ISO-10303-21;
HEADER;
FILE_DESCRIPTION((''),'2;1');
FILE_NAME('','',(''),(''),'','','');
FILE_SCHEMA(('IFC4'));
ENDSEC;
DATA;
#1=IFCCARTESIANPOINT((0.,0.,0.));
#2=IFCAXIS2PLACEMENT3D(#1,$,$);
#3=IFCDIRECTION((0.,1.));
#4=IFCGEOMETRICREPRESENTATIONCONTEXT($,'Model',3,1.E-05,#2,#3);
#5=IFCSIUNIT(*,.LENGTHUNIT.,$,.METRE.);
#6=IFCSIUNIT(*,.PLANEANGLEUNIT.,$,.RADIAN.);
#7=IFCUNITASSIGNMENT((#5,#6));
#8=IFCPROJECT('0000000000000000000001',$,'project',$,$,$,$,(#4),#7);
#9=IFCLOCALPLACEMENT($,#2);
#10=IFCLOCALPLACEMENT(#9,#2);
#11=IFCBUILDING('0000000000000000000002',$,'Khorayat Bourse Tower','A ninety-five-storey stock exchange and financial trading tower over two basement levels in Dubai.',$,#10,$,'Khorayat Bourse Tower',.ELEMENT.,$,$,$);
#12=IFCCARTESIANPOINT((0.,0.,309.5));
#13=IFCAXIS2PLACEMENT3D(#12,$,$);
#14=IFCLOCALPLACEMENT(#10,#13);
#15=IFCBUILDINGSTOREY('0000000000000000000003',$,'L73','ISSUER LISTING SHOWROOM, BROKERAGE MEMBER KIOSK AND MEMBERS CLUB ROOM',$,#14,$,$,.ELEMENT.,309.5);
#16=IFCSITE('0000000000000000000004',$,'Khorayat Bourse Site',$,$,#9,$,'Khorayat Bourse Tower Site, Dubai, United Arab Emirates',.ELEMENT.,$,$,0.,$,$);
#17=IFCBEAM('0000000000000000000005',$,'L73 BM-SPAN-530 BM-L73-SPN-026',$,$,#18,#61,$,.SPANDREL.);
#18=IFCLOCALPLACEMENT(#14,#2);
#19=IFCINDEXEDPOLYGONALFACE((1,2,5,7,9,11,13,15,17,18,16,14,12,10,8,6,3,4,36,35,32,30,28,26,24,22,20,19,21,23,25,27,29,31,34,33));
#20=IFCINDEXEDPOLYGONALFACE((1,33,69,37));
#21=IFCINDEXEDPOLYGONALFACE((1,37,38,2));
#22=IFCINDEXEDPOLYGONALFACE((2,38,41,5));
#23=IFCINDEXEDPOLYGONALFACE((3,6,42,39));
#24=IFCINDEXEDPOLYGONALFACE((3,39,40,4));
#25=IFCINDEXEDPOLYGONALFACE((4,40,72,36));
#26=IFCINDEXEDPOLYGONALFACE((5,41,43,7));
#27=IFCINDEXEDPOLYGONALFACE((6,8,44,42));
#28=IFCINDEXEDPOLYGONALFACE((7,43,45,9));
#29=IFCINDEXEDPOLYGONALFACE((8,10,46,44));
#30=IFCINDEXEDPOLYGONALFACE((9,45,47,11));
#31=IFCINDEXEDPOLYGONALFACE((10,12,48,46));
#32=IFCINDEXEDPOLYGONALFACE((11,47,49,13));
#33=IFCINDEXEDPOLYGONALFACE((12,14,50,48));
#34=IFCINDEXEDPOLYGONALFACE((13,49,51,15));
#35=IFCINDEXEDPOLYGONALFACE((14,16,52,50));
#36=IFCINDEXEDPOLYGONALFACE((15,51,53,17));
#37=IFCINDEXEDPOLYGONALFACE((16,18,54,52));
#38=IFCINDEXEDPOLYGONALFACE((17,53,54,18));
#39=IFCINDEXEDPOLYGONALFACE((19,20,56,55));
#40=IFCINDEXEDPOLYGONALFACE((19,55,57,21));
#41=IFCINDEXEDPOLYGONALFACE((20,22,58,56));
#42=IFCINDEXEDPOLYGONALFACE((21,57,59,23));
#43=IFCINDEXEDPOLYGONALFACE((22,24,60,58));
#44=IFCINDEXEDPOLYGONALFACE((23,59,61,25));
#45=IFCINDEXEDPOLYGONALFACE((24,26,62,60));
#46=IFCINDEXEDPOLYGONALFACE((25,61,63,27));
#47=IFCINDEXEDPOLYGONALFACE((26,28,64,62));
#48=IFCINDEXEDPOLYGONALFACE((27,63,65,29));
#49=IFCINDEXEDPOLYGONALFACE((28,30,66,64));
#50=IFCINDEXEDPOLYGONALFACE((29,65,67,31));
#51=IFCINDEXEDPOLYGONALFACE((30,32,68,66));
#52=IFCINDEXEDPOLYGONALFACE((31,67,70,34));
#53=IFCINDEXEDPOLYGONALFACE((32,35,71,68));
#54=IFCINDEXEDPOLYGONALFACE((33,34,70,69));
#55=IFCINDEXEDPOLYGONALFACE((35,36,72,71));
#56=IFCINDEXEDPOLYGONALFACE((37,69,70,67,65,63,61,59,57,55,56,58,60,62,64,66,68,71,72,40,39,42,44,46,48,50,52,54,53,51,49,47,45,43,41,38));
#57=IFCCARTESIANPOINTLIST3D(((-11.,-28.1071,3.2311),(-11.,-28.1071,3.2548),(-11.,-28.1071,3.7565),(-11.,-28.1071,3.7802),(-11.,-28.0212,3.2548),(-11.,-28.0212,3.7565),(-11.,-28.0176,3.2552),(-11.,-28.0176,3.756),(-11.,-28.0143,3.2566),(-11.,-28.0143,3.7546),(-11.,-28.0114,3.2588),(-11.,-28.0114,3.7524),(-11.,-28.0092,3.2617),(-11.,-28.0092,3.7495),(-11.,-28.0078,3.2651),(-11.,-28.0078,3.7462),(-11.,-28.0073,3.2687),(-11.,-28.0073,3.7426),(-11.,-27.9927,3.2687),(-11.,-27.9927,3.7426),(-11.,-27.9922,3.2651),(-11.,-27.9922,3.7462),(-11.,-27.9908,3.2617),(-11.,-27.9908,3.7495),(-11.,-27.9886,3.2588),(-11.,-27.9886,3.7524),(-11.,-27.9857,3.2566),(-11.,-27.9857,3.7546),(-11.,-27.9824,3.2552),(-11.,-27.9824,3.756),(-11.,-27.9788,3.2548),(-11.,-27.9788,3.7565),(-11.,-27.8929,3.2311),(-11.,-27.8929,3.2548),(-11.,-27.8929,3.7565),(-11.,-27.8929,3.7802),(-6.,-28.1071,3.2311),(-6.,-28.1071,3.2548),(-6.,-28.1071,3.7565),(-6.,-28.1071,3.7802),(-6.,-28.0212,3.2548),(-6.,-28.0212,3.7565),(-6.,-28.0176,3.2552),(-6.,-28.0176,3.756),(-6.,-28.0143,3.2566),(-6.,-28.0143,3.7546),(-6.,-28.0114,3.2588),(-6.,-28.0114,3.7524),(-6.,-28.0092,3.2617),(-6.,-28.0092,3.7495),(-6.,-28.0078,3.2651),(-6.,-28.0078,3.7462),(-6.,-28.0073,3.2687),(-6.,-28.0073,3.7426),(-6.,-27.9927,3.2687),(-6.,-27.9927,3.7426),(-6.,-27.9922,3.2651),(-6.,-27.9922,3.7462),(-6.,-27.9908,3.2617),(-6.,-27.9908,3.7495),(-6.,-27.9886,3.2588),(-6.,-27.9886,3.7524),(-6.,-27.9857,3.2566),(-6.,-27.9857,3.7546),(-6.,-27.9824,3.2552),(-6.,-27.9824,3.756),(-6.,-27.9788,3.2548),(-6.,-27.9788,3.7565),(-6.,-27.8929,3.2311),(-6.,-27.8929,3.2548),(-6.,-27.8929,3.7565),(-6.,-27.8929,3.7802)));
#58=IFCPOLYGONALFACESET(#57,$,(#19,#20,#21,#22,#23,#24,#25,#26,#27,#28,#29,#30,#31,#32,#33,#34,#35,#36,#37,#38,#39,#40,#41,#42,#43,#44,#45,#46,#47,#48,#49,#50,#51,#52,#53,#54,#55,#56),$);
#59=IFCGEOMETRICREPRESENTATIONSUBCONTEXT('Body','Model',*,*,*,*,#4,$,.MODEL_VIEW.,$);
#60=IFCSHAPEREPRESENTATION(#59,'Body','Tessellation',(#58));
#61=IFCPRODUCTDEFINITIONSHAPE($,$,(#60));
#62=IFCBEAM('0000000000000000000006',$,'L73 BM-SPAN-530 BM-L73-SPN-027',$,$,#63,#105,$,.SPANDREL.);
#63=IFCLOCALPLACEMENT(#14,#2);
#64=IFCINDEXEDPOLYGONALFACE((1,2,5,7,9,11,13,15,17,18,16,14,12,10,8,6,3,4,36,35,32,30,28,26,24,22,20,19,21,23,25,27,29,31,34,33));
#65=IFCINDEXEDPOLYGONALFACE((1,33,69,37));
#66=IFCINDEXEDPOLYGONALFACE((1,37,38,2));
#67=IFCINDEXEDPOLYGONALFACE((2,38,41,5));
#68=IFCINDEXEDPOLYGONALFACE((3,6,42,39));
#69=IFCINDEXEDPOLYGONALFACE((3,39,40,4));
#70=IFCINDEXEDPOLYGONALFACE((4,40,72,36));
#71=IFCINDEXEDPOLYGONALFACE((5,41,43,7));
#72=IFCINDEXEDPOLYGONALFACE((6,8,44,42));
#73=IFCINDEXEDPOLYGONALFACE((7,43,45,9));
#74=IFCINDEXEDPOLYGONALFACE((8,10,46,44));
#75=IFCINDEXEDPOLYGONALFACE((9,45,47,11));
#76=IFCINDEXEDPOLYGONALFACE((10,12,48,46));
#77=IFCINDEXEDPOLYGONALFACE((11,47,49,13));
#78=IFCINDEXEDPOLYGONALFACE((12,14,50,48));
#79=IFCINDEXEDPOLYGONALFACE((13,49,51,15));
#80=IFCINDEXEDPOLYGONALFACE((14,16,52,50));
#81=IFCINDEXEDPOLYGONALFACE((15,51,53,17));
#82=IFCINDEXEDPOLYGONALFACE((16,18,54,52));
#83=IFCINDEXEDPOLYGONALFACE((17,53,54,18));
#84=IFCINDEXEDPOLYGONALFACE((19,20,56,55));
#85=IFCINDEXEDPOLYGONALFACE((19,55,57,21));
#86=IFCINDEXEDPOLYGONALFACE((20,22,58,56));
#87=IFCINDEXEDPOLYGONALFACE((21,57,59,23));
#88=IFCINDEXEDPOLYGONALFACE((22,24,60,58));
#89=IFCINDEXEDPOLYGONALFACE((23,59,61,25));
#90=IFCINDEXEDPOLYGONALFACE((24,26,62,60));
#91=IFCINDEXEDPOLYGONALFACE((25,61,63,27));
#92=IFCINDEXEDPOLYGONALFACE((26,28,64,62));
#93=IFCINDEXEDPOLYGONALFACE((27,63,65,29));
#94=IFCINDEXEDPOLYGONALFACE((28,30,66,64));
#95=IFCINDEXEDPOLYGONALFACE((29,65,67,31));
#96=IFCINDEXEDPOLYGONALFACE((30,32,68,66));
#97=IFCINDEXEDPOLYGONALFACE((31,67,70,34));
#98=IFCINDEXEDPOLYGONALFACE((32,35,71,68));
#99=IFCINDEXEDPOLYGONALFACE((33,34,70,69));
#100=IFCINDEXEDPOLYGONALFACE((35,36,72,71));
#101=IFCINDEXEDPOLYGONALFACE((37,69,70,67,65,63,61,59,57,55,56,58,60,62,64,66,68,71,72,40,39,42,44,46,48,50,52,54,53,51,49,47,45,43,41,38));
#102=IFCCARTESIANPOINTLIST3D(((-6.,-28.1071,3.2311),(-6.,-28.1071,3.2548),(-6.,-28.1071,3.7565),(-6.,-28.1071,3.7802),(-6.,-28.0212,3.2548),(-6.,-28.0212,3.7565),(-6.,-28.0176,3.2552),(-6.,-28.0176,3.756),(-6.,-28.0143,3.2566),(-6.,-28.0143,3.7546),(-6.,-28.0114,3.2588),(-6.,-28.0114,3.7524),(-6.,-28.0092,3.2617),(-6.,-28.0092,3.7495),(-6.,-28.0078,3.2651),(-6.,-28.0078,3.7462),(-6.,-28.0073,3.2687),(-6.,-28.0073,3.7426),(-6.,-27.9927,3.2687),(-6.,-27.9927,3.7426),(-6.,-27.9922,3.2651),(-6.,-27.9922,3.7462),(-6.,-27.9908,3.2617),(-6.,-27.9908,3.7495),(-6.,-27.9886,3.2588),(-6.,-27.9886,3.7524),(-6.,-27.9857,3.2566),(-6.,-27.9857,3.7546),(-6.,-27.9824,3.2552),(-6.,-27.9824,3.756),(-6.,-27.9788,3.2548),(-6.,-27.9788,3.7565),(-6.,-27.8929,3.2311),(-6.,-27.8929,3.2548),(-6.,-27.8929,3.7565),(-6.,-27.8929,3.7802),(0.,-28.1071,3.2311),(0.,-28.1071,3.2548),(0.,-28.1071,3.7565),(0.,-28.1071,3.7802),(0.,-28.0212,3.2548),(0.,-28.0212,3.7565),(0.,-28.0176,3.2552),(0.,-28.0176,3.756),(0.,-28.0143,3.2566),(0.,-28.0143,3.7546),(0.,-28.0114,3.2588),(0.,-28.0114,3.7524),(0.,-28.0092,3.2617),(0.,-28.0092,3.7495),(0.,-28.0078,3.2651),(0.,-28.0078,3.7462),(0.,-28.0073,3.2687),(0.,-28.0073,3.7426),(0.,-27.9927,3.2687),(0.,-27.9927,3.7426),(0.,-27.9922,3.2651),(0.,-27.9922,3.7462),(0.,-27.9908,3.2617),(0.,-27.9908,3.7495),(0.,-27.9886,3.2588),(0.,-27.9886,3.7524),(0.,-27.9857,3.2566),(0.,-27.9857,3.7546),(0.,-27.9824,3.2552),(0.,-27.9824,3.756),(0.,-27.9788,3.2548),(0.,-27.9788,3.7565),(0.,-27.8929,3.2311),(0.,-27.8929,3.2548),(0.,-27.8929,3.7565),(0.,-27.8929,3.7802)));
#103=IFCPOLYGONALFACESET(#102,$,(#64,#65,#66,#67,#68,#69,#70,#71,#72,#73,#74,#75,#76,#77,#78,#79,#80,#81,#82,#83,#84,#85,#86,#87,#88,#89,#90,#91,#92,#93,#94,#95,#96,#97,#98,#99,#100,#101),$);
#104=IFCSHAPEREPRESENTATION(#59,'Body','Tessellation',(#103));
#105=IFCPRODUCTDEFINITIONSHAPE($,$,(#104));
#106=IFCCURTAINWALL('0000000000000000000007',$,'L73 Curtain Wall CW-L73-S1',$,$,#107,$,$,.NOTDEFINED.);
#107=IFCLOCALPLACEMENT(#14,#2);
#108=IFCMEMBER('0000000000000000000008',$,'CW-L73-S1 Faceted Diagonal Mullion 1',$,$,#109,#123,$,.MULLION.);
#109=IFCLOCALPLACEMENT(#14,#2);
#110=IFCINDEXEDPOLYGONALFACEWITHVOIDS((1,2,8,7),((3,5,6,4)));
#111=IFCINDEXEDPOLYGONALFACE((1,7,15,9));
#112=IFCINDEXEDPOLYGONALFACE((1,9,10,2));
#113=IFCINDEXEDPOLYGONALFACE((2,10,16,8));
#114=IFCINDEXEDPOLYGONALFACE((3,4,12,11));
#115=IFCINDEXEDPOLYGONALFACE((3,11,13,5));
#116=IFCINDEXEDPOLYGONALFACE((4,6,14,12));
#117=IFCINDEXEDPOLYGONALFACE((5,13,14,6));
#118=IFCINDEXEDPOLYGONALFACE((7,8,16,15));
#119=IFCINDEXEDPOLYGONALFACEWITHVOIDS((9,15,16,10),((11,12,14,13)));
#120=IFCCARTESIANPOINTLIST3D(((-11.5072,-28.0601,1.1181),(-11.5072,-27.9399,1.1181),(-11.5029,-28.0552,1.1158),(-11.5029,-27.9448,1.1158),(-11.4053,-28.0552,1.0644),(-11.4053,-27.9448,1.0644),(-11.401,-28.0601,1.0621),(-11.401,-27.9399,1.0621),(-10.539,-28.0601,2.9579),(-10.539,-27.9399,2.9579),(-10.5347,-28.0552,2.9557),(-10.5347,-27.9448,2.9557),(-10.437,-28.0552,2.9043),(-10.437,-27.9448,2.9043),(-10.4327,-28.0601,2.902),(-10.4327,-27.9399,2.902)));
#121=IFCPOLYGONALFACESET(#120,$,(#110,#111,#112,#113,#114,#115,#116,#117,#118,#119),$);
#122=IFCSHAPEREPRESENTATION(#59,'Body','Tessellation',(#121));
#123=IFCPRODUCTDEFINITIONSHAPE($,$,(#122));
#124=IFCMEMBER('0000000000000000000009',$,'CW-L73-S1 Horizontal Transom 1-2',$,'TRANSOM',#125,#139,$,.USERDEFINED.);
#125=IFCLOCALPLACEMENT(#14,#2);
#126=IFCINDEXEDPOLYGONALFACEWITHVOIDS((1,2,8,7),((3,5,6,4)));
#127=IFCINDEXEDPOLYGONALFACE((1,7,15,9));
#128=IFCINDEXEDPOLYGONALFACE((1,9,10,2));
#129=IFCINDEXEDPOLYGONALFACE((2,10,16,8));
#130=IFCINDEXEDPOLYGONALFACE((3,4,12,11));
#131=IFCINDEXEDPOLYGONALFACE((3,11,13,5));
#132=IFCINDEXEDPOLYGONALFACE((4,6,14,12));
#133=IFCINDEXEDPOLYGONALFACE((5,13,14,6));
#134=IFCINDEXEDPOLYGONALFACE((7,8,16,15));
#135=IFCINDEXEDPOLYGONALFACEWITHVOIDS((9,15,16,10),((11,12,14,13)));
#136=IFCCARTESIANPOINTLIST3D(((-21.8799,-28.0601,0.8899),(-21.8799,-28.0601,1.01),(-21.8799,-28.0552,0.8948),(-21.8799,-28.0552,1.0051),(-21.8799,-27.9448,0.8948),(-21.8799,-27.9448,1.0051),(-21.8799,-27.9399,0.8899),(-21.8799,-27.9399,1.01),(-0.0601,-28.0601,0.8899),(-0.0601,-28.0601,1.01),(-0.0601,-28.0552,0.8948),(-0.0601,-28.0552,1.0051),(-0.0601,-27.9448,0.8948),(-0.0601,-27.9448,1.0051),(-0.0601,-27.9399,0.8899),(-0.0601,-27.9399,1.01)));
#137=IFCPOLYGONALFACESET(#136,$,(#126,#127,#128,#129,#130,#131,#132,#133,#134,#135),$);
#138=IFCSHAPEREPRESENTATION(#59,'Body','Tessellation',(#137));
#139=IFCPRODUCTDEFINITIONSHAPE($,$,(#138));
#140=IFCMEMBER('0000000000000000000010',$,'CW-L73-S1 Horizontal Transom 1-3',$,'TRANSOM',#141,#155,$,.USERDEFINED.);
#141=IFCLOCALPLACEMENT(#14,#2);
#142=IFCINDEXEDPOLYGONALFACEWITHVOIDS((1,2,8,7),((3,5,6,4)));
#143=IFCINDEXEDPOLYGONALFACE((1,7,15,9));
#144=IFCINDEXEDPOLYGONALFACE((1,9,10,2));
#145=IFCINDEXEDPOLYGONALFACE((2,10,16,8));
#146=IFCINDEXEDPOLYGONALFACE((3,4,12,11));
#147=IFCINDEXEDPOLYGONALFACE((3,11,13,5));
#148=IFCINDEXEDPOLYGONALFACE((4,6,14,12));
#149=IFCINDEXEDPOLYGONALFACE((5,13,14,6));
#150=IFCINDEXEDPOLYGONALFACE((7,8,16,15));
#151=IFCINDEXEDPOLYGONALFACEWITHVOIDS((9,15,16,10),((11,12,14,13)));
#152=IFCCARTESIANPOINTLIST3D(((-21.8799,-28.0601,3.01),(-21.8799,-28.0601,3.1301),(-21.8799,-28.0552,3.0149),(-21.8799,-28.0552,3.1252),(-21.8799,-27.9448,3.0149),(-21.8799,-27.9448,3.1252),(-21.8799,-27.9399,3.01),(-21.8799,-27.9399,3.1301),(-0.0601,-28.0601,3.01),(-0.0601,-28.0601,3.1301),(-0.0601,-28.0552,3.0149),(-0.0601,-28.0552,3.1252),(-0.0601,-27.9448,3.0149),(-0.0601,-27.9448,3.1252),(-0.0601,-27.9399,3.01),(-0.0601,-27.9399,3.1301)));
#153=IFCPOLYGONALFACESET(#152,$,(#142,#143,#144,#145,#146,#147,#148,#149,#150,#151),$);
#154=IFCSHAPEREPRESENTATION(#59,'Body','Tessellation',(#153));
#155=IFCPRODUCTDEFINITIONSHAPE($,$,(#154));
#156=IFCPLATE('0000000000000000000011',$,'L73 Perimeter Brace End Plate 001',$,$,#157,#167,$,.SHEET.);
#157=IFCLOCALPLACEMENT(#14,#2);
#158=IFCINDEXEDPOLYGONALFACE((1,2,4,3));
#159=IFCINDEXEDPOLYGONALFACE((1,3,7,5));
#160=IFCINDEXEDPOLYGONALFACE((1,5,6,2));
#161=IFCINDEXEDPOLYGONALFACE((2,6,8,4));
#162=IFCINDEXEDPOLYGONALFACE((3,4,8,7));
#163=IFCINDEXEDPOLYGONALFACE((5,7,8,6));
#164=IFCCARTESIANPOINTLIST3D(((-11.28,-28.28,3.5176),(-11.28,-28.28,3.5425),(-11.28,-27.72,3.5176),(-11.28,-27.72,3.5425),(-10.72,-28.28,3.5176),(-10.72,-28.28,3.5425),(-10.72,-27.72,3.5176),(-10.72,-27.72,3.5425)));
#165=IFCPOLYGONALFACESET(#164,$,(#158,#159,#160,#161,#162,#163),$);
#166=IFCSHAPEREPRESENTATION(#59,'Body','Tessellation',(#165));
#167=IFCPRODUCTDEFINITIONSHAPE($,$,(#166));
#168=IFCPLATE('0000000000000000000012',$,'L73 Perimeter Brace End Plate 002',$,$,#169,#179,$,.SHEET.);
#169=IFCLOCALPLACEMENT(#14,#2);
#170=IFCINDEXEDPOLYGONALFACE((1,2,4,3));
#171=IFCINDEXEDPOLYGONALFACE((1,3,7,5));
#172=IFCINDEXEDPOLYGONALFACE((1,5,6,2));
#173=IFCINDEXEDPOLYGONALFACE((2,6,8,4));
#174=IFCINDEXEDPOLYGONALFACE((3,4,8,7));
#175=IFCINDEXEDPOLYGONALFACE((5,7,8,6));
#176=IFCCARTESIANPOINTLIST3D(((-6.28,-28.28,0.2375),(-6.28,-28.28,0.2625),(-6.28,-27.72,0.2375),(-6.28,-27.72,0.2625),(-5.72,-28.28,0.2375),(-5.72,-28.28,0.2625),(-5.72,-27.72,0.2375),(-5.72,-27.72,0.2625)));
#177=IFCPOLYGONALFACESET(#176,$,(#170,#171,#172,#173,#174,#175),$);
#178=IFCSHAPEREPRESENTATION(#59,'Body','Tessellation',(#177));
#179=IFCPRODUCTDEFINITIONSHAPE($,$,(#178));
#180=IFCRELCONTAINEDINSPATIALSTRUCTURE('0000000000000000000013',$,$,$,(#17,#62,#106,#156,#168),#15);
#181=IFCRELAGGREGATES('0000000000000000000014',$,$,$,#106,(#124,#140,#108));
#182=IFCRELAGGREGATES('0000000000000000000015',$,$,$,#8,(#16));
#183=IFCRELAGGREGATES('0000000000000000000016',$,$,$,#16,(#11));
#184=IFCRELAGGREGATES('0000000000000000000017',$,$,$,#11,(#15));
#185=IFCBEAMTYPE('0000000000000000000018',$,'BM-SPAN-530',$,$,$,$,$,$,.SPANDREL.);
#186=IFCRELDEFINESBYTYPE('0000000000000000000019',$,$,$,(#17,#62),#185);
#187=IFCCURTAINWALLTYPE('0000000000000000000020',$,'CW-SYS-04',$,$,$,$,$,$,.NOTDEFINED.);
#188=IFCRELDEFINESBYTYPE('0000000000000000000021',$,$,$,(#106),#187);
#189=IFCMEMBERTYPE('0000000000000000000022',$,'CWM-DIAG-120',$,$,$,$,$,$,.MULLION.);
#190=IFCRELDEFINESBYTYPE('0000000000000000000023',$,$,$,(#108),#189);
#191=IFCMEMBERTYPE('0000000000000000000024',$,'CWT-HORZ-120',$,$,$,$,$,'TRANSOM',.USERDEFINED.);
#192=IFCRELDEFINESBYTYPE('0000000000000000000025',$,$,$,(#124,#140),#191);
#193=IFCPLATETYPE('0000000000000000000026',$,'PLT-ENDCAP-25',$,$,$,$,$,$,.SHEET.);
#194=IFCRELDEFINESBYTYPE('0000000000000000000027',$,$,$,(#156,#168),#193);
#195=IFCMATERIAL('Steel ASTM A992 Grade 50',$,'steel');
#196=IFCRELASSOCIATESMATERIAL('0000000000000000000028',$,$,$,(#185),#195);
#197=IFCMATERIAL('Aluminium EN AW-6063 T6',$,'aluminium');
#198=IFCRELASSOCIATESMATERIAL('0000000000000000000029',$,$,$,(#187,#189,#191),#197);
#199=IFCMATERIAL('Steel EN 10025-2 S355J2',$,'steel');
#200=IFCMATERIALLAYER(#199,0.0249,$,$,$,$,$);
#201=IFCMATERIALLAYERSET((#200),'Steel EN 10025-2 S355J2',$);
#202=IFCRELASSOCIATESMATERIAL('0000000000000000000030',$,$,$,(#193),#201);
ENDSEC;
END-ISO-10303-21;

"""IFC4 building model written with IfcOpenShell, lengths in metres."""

from ifc_helpers import new_model, si_unit, direction, frame, origin, origin_2d, place, context, subcontext, project, spatial, rectangle, hollow_rectangle, i_section, extrude, source, transform, mapped, material, layer, layer_set, material_profile, profile_set, type_object, element, aggregate, save


model = new_model("IFC4")

# Units and contexts
model_context = context("Model", 3, precision=1e-05, world=origin(), true_north=direction((0.0, 1.0)))
body_context = subcontext(model_context, "Body", "Model", "MODEL_VIEW")
ifc_project = project(units=[si_unit("LENGTHUNIT", "METRE"), si_unit("PLANEANGLEUNIT", "RADIAN")], contexts=[model_context])

# Site, building, storey
site_placement = place(None, origin())
site = spatial("IfcSite", under=ifc_project, at=site_placement, Name="Khorayat Bourse Site", LongName="Khorayat Bourse Tower Site, Dubai, United Arab Emirates", CompositionType="ELEMENT", RefElevation=0.0)
building_placement = place(site_placement, origin())
building = spatial("IfcBuilding", under=site, at=building_placement, Name="Khorayat Bourse Tower", Description="A ninety-five-storey stock exchange and financial trading tower over two basement levels in Dubai.", LongName="Khorayat Bourse Tower", CompositionType="ELEMENT")
storey_placement = place(building_placement, frame((0.0, 0.0, 309.5)))
storey = spatial("IfcBuildingStorey", under=building, at=storey_placement, Name="L73", Description="ISSUER LISTING SHOWROOM, BROKERAGE MEMBER KIOSK AND MEMBERS CLUB ROOM", CompositionType="ELEMENT", Elevation=309.5)

# Shared definitions
ifc_material_1 = material(Name="Steel ASTM A992 Grade 50", Category="steel")

# Beams
ifc_material_profile_1 = material_profile(ifc_material_1, i_section(OverallWidth=0.2141, OverallDepth=0.5491, WebThickness=0.0146, FlangeThickness=0.0237, FilletRadius=0.0139, at=origin_2d()), Name="W530X138")
ifc_profile_set_1 = profile_set([ifc_material_profile_1], Name="Steel ASTM A992 Grade 50")
beam_type_1 = type_object("IfcBeamType", Name="BM-SPAN-530", PredefinedType="SPANDREL", material=ifc_profile_set_1)
shared_shape_1 = source(origin(), body_context, "Body", "SweptSolid", [
    extrude(i_section(OverallWidth=0.2141, OverallDepth=0.5491, WebThickness=0.0146, FlangeThickness=0.0237, FilletRadius=0.0139, at=origin_2d()), origin(), (0.0, 0.0, 1.0), 5.0),
])
beam_1_placement = place(storey_placement, frame((-11.0, -28.0, 3.5056), z_axis=(1.0, 0.0, 0.0), x_axis=(0.0, 1.0, 0.0)))
element("IfcBeam", 1, at=beam_1_placement, inside=storey, type_object=beam_type_1, Name="L73 BM-SPAN-530 BM-L73-SPN-026", PredefinedType="SPANDREL", context=body_context, shape_type="MappedRepresentation", body=[
    mapped(shared_shape_1, transform((0.0, 0.0, 0.0), scale=1.0)),
])
shared_shape_2 = source(origin(), body_context, "Body", "SweptSolid", [
    extrude(i_section(OverallWidth=0.2141, OverallDepth=0.5491, WebThickness=0.0146, FlangeThickness=0.0237, FilletRadius=0.0139, at=origin_2d()), origin(), (0.0, 0.0, 1.0), 6.0),
])
beam_2_placement = place(storey_placement, frame((-6.0, -28.0, 3.5056), z_axis=(1.0, 0.0, 0.0), x_axis=(0.0, 1.0, 0.0)))
element("IfcBeam", 2, at=beam_2_placement, inside=storey, type_object=beam_type_1, Name="L73 BM-SPAN-530 BM-L73-SPN-027", PredefinedType="SPANDREL", context=body_context, shape_type="MappedRepresentation", body=[
    mapped(shared_shape_2, transform((0.0, 0.0, 0.0), scale=1.0)),
])

# Curtain wall, members
ifc_material_2 = material(Name="Aluminium EN AW-6063 T6", Category="aluminium")
curtain_wall_type = type_object("IfcCurtainWallType", Name="CW-SYS-04", PredefinedType="NOTDEFINED", material=ifc_material_2)
curtain_wall_placement = place(storey_placement, origin())
curtain_wall = element("IfcCurtainWall", 3, at=curtain_wall_placement, inside=storey, type_object=curtain_wall_type, Name="L73 Curtain Wall CW-L73-S1", PredefinedType="NOTDEFINED")
ifc_material_profile_2 = material_profile(ifc_material_2, hollow_rectangle(XDim=0.1201, YDim=0.1201, WallThickness=0.0049, at=origin_2d()), Name="ALU 120x120x5")
ifc_profile_set_2 = profile_set([ifc_material_profile_2], Name="Aluminium EN AW-6063 T6")
member_type_1 = type_object("IfcMemberType", Name="CWM-DIAG-120", PredefinedType="MULLION", material=ifc_profile_set_2)
shared_shape_3 = source(origin(), body_context, "Body", "SweptSolid", [
    extrude(hollow_rectangle(XDim=0.1201, YDim=0.1201, WallThickness=0.0049, at=origin_2d()), origin(), (0.0, 0.0, 1.0), 2.0791),
])
member_1_placement = place(storey_placement, frame((-11.4541, -28.0, 1.0901), z_axis=(0.465717, 0.0, 0.884934), x_axis=(0.0, 1.0, 0.0)))
member_1 = element("IfcMember", 4, at=member_1_placement, type_object=member_type_1, Name="CW-L73-S1 Faceted Diagonal Mullion 1", PredefinedType="MULLION", context=body_context, shape_type="MappedRepresentation", body=[
    mapped(shared_shape_3, transform((0.0, 0.0, 0.0), scale=1.0)),
])
ifc_material_profile_3 = material_profile(ifc_material_2, hollow_rectangle(XDim=0.1201, YDim=0.1201, WallThickness=0.0049, at=origin_2d()), Name="ALU 120x120x5")
ifc_profile_set_3 = profile_set([ifc_material_profile_3], Name="Aluminium EN AW-6063 T6")
member_type_2 = type_object("IfcMemberType", Name="CWT-HORZ-120", ElementType="TRANSOM", PredefinedType="USERDEFINED", material=ifc_profile_set_3)
shared_shape_4 = source(origin(), body_context, "Body", "SweptSolid", [
    extrude(hollow_rectangle(XDim=0.1201, YDim=0.1201, WallThickness=0.0049, at=origin_2d()), origin(), (0.0, 0.0, 1.0), 21.8198),
])
member_2_placement = place(storey_placement, frame((-21.8799, -28.0, 0.95), z_axis=(1.0, 0.0, 0.0), x_axis=(0.0, 1.0, 0.0)))
member_2 = element("IfcMember", 5, at=member_2_placement, type_object=member_type_2, Name="CW-L73-S1 Horizontal Transom 1-2", ObjectType="TRANSOM", PredefinedType="USERDEFINED", context=body_context, shape_type="MappedRepresentation", body=[
    mapped(shared_shape_4, transform((0.0, 0.0, 0.0), scale=1.0)),
])
member_3_placement = place(storey_placement, frame((-21.8799, -28.0, 3.0701), z_axis=(1.0, 0.0, 0.0), x_axis=(0.0, 1.0, 0.0)))
member_3 = element("IfcMember", 6, at=member_3_placement, type_object=member_type_2, Name="CW-L73-S1 Horizontal Transom 1-3", ObjectType="TRANSOM", PredefinedType="USERDEFINED", context=body_context, shape_type="MappedRepresentation", body=[
    mapped(shared_shape_4, transform((0.0, 0.0, 0.0), scale=1.0)),
])

# Plates
ifc_material_3 = material(Name="Steel EN 10025-2 S355J2", Category="steel")
ifc_layer_1 = layer(ifc_material_3, 0.0249)
ifc_layer_set_1 = layer_set([ifc_layer_1], Name="Steel EN 10025-2 S355J2")
plate_type_1 = type_object("IfcPlateType", Name="PLT-ENDCAP-25", PredefinedType="SHEET", material=ifc_layer_set_1)
shared_shape_5 = source(origin(), body_context, "Body", "SweptSolid", [
    extrude(rectangle(XDim=0.5601, YDim=0.5601, at=origin_2d()), origin(), (0.0, 0.0, 1.0), 0.0249),
])
for number, where, z_axis, x_axis, name in (
    (7, (-11.0, -28.0, 3.5176), (0.0, 0.0, 1.0), (1.0, 0.0, 0.0), "L73 Perimeter Brace End Plate 001"),
    (8, (-6.0, -28.0, 0.2375), (0.0, 0.0, 1.0), (1.0, 0.0, 0.0), "L73 Perimeter Brace End Plate 002"),
):
    element("IfcPlate", number, at=place(storey_placement, frame(where, z_axis=z_axis, x_axis=x_axis)), inside=storey, type_object=plate_type_1, Name=name, PredefinedType="SHEET", context=body_context, shape_type="MappedRepresentation", body=[
        mapped(shared_shape_5, transform((0.0, 0.0, 0.0), scale=1.0)),
    ])

aggregate(curtain_wall, [member_2, member_3, member_1])

save(model, "model.ifc")
